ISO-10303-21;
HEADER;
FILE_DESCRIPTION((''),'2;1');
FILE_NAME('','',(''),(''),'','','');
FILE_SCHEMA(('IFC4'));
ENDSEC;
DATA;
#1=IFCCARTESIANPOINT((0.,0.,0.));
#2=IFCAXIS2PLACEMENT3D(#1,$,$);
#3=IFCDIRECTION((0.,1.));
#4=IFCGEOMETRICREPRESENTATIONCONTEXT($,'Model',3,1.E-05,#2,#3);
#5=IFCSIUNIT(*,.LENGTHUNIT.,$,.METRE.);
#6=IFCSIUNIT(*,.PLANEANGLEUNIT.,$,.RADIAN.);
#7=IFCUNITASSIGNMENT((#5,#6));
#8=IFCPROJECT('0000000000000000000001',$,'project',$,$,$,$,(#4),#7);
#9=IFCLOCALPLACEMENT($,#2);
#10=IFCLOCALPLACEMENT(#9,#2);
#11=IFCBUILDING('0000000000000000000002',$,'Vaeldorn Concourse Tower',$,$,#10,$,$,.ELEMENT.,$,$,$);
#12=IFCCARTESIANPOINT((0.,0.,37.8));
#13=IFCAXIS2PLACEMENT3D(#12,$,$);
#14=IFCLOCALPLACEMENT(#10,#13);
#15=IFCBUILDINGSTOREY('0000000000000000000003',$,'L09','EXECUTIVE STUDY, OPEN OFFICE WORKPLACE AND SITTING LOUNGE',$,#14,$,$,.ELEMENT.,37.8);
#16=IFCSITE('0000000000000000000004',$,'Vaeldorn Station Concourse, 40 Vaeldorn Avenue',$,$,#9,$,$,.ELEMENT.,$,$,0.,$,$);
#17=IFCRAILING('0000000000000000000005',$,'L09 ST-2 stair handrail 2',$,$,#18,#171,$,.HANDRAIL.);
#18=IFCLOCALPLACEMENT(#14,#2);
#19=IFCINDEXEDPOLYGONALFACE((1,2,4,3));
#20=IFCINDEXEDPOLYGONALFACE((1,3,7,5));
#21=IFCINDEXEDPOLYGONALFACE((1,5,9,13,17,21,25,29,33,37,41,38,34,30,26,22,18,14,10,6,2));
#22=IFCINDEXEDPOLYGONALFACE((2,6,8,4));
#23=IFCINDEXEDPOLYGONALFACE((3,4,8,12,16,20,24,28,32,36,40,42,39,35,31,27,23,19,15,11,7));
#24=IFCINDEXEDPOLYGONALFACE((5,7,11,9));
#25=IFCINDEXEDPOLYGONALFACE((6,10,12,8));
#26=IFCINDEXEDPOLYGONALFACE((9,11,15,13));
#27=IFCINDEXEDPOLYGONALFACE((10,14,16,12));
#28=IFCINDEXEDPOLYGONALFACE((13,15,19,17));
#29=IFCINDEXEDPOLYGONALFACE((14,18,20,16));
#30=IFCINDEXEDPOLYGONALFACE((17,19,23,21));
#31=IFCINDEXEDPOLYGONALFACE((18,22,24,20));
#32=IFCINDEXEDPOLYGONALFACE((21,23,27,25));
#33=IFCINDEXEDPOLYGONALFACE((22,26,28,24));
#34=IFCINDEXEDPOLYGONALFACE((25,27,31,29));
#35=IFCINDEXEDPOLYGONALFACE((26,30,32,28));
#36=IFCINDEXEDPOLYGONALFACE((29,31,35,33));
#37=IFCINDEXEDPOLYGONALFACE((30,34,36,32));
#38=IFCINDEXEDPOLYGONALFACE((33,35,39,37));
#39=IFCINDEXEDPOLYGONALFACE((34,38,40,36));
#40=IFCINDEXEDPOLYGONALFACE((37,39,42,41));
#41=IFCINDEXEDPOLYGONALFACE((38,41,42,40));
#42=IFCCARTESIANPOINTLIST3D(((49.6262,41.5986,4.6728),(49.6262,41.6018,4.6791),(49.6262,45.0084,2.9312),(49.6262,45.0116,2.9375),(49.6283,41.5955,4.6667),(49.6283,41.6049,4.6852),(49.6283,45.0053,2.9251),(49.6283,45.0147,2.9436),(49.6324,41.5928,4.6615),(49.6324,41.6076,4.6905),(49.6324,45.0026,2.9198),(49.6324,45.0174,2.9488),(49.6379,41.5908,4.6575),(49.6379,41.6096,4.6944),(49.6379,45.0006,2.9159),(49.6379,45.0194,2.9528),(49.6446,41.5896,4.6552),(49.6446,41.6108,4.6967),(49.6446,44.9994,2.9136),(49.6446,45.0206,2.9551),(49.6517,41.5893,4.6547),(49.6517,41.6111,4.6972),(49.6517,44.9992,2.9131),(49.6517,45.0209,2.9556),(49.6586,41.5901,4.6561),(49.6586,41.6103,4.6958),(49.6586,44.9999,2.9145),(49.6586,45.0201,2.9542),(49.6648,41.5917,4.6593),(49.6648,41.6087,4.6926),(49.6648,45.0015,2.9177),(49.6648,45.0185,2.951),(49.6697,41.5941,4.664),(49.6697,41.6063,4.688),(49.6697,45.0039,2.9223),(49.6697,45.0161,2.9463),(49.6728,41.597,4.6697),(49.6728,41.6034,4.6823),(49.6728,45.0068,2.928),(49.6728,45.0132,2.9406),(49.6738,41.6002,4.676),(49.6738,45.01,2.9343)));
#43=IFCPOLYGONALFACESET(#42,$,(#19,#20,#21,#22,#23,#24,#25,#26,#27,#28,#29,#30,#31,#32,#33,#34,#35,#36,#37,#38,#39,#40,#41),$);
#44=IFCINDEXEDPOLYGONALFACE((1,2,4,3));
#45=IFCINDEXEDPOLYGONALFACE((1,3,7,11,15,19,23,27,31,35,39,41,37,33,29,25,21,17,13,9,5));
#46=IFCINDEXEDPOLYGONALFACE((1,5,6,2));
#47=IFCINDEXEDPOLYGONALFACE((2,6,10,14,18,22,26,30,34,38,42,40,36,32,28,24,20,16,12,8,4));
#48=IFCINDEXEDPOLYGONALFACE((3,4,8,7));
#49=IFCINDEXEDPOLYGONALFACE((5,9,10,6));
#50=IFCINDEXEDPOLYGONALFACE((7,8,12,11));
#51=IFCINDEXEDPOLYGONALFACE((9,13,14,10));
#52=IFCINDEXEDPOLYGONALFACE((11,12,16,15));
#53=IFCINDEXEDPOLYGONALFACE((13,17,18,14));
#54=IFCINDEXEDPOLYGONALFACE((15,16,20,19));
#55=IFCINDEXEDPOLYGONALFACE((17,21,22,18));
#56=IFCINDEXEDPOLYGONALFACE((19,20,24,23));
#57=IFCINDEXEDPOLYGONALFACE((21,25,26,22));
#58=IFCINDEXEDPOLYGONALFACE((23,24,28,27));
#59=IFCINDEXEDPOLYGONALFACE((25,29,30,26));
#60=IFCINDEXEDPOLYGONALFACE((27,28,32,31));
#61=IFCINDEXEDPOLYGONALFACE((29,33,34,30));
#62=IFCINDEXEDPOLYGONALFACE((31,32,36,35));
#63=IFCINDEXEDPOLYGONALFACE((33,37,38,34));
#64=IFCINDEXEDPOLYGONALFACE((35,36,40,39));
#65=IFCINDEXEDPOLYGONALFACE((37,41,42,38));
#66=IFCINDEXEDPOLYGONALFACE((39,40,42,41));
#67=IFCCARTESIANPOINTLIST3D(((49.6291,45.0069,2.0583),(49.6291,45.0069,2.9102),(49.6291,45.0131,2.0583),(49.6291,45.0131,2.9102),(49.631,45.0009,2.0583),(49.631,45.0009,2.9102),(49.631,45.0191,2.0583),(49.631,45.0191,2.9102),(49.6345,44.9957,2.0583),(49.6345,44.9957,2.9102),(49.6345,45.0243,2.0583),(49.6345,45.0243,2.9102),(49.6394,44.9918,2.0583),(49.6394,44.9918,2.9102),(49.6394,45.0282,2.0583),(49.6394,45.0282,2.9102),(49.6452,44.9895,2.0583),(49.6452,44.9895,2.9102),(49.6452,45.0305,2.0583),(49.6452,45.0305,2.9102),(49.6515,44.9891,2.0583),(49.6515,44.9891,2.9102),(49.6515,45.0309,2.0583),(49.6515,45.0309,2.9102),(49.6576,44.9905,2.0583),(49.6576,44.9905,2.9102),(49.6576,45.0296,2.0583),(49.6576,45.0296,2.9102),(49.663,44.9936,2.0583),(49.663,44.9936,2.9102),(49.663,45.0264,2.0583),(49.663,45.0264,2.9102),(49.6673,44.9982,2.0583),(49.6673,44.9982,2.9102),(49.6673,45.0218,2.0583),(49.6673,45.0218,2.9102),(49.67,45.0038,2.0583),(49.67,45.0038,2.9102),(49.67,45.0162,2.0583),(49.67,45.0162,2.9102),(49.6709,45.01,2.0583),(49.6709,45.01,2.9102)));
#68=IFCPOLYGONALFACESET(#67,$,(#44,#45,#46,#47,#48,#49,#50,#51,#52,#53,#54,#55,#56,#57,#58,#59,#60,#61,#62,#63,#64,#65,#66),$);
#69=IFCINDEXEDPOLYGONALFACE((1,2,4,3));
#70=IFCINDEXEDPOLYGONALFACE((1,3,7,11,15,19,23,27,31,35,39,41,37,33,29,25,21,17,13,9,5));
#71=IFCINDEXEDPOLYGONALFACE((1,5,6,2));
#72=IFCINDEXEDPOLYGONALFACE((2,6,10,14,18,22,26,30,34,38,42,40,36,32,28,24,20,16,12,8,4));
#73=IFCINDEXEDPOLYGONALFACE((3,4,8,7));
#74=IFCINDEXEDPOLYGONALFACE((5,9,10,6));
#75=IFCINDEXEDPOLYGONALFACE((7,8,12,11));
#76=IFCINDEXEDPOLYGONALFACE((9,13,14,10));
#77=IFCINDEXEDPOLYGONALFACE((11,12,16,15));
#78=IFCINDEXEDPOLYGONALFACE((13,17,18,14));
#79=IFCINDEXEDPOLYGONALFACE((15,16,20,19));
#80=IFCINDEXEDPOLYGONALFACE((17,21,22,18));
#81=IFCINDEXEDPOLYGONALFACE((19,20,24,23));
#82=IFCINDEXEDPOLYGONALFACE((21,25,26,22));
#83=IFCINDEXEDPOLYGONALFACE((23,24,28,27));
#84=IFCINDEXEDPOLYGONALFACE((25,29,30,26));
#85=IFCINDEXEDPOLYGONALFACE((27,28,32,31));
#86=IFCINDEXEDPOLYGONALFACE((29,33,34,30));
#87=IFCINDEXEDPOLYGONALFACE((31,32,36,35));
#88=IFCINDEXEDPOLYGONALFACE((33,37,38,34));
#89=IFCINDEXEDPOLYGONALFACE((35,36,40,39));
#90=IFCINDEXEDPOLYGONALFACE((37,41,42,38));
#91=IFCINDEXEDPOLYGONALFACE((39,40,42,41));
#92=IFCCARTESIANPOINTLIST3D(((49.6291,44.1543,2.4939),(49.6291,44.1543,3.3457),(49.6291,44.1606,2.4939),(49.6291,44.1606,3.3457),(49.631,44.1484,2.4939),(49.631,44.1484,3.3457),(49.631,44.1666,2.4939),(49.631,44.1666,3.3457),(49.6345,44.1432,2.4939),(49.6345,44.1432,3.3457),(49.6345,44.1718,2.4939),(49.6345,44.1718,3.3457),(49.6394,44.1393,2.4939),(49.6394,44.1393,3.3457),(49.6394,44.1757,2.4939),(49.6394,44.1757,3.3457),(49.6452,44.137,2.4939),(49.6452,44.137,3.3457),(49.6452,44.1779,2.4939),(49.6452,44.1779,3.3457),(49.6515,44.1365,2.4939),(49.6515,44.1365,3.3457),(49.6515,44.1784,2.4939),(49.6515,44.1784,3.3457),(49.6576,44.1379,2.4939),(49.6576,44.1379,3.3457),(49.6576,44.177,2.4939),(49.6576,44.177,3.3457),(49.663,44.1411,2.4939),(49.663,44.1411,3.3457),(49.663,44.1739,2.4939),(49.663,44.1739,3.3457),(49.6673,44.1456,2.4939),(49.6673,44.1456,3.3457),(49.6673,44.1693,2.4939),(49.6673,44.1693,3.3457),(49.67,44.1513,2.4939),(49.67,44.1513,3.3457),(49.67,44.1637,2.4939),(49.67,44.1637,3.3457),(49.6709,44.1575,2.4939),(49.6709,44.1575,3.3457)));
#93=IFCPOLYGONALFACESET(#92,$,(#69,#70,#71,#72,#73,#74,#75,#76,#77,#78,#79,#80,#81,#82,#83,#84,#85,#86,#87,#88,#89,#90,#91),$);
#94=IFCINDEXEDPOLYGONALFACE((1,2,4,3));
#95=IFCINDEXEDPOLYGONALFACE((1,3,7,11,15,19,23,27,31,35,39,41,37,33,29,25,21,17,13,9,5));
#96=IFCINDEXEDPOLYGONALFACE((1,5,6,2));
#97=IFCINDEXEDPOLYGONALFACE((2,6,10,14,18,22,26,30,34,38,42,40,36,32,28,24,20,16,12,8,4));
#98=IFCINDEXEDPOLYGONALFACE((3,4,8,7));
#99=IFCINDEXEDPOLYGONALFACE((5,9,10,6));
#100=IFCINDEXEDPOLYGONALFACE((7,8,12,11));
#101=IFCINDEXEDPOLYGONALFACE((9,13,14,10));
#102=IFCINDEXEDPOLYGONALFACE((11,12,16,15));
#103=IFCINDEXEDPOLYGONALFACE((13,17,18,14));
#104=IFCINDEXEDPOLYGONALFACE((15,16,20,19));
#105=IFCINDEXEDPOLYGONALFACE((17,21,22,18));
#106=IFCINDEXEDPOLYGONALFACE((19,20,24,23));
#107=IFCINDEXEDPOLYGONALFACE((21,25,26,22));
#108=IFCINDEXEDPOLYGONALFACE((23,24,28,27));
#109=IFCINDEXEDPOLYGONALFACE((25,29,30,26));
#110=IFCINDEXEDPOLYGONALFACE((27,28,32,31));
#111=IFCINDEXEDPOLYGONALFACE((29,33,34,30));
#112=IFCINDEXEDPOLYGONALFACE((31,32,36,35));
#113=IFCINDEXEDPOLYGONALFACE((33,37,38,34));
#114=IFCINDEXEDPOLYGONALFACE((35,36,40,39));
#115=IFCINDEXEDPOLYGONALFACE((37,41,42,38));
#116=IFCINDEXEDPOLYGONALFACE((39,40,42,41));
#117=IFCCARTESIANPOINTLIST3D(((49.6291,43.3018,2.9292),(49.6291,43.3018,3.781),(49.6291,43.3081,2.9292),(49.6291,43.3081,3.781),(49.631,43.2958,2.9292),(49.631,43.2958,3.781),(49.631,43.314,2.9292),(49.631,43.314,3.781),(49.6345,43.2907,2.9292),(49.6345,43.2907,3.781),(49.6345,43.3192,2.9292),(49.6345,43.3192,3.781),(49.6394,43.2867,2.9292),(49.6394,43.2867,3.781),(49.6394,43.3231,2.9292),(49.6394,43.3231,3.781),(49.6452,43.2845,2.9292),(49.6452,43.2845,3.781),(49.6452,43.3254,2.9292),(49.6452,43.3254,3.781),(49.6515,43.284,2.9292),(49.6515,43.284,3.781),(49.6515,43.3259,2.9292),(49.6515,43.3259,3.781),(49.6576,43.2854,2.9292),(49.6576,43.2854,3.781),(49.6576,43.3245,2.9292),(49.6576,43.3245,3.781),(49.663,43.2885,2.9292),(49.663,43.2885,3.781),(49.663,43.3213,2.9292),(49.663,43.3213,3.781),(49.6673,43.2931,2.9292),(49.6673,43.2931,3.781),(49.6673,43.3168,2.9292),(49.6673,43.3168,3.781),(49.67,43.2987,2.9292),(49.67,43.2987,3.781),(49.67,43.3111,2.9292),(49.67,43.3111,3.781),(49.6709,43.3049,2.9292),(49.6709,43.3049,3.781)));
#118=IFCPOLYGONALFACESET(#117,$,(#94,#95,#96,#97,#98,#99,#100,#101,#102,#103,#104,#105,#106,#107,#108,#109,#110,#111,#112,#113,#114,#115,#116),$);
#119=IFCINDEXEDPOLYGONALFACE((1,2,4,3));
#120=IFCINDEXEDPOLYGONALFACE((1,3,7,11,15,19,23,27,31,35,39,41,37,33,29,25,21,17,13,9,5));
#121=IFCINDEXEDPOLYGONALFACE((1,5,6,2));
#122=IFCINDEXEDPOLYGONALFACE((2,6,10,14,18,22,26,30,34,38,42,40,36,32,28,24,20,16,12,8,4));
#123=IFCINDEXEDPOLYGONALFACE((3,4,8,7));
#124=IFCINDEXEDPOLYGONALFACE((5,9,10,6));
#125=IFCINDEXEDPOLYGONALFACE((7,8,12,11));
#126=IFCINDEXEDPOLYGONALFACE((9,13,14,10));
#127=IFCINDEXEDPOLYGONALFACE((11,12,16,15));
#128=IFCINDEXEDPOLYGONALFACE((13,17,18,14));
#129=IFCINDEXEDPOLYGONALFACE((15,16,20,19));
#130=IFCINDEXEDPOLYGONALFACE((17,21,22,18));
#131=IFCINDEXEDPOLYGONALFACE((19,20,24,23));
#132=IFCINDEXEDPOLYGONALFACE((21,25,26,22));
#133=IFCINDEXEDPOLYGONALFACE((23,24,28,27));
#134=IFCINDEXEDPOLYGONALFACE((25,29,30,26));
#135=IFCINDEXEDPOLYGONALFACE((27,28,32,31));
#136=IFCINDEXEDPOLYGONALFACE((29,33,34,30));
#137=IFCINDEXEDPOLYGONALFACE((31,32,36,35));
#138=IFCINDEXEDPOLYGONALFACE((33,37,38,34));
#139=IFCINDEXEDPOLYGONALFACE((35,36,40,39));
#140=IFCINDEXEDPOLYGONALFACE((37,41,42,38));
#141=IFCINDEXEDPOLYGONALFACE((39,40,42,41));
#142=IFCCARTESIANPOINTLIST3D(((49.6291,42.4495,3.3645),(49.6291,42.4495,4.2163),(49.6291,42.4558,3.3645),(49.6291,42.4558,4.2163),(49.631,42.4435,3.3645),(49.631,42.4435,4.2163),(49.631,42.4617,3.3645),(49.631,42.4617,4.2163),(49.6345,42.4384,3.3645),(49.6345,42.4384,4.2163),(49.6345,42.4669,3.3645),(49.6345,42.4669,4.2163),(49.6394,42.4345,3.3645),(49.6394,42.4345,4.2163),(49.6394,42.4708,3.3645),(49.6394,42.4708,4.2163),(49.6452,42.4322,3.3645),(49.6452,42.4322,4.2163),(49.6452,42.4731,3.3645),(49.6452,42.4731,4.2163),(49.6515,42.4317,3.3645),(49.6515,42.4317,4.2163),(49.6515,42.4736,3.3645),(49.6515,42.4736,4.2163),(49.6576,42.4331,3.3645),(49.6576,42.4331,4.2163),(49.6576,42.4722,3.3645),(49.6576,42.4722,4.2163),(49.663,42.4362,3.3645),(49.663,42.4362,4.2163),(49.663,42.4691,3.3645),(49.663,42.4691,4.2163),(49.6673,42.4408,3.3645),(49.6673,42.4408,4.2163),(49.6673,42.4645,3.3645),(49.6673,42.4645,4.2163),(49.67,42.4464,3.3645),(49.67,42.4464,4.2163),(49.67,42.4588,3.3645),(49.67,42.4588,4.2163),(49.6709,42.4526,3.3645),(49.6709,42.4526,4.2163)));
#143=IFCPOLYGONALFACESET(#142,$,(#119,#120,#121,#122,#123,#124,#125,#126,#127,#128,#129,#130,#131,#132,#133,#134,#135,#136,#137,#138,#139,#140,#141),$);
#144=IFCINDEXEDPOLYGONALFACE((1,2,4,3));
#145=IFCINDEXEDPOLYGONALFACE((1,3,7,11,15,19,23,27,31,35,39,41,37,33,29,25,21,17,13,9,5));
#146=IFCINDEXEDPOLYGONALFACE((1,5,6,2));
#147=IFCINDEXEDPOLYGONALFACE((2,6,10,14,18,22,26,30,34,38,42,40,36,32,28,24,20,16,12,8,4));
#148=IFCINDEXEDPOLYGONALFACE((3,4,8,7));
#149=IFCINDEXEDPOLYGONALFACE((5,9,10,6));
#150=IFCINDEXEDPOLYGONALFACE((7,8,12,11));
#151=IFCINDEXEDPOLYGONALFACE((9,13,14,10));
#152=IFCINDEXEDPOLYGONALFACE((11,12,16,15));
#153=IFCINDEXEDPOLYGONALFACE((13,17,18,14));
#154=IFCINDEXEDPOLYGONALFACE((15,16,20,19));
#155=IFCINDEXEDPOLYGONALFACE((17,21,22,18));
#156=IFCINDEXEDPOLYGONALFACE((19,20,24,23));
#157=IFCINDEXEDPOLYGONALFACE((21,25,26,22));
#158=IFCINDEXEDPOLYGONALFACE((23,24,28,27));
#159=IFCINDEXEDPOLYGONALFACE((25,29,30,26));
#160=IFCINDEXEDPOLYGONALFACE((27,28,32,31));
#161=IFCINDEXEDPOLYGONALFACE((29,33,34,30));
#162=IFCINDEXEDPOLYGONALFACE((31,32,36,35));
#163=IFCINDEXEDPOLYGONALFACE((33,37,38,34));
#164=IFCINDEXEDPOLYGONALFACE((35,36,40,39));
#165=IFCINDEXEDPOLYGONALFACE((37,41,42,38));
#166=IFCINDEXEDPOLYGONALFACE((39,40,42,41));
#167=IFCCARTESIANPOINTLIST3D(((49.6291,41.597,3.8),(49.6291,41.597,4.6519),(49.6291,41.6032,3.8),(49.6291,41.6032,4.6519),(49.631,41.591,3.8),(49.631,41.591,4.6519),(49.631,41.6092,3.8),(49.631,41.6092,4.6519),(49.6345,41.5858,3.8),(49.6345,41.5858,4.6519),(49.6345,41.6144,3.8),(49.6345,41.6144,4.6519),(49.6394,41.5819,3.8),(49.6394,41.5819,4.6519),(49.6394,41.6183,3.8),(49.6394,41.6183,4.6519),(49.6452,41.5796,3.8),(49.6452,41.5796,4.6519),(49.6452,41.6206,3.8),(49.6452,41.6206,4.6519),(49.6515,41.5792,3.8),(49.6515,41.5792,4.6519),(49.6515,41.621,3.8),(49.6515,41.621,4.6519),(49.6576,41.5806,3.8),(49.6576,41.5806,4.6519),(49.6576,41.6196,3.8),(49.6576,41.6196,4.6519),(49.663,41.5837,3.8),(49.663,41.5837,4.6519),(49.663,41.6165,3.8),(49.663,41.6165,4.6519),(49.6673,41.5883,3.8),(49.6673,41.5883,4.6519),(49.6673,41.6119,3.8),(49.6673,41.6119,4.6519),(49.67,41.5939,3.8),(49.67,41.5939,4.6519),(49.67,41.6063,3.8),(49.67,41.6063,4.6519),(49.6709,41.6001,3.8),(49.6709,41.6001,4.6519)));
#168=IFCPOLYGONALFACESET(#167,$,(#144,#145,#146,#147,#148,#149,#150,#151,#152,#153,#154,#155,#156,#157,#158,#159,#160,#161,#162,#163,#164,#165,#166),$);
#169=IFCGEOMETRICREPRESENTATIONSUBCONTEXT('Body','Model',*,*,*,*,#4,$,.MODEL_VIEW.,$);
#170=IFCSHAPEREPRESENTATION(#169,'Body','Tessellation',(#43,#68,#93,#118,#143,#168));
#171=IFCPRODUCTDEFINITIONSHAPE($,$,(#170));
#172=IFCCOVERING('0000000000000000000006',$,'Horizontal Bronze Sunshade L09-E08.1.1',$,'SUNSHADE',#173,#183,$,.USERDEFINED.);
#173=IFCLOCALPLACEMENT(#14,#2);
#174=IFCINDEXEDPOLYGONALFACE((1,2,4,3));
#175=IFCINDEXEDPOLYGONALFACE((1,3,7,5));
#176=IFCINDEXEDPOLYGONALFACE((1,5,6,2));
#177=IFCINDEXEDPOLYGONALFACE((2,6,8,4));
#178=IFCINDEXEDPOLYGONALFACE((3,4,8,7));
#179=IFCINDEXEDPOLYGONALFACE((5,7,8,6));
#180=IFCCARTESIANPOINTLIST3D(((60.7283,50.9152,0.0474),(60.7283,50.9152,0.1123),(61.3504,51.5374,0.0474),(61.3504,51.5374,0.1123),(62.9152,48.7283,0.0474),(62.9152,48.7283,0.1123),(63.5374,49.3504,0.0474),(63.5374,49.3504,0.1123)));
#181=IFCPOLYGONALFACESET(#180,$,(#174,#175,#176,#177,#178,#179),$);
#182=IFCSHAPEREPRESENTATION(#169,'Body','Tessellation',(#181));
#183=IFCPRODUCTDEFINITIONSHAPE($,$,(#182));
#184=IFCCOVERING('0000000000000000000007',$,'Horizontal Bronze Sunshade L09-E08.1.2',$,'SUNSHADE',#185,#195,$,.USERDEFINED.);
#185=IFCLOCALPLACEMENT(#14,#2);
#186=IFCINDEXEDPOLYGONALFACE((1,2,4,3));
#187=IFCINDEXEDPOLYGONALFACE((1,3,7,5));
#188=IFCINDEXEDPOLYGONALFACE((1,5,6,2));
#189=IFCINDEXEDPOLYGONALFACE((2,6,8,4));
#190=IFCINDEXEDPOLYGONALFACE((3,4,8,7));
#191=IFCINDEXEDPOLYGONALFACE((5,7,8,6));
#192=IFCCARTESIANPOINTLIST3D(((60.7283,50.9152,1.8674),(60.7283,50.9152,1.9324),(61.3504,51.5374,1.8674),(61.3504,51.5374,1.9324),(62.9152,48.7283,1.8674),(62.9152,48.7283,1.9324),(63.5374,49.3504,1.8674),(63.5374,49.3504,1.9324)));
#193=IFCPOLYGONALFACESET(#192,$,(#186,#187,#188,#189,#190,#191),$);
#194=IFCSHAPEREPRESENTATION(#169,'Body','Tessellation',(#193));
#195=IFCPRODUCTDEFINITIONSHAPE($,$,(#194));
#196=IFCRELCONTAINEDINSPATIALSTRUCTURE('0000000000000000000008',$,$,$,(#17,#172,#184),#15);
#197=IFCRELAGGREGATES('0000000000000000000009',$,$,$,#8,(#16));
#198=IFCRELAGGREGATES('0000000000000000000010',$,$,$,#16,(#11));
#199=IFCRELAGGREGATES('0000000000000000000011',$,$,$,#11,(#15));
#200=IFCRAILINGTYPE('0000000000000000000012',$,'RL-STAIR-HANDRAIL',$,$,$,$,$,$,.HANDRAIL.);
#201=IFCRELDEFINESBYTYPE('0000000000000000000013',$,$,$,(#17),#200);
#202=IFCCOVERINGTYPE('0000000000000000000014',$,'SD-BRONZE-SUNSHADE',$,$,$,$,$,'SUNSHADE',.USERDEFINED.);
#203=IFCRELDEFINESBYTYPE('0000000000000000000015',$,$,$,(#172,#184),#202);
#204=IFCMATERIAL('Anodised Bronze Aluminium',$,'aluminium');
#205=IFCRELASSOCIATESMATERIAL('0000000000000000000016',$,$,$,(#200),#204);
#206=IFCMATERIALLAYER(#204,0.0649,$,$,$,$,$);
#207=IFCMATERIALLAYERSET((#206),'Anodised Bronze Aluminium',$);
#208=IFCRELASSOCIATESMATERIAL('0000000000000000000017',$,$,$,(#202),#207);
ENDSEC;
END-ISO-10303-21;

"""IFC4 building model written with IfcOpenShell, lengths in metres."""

from ifc_helpers import new_model, si_unit, direction, frame, origin, origin_2d, place, context, subcontext, project, spatial, rectangle, circle, extrude, source, transform, mapped, material, layer, layer_set, type_object, element, save


model = new_model("IFC4")

# Units and contexts
model_context = context("Model", 3, precision=1e-05, world=origin(), true_north=direction((0.0, 1.0)))
body_context = subcontext(model_context, "Body", "Model", "MODEL_VIEW")
ifc_project = project(units=[si_unit("LENGTHUNIT", "METRE"), si_unit("PLANEANGLEUNIT", "RADIAN")], contexts=[model_context])

# Site, building, storey
site_placement = place(None, origin())
site = spatial("IfcSite", under=ifc_project, at=site_placement, Name="Vaeldorn Station Concourse, 40 Vaeldorn Avenue", CompositionType="ELEMENT", RefElevation=0.0)
building_placement = place(site_placement, origin())
building = spatial("IfcBuilding", under=site, at=building_placement, Name="Vaeldorn Concourse Tower", CompositionType="ELEMENT")
storey_placement = place(building_placement, frame((0.0, 0.0, 37.8)))
storey = spatial("IfcBuildingStorey", under=building, at=storey_placement, Name="L09", Description="EXECUTIVE STUDY, OPEN OFFICE WORKPLACE AND SITTING LOUNGE", CompositionType="ELEMENT", Elevation=37.8)

# Shared definitions
ifc_material_1 = material(Name="Anodised Bronze Aluminium", Category="aluminium")

# Railing
railing_type_1 = type_object("IfcRailingType", Name="RL-STAIR-HANDRAIL", PredefinedType="HANDRAIL", material=ifc_material_1)
railing_1_placement = place(storey_placement, frame((49.6499, 45.01, 2.0583)))
element("IfcRailing", 1, at=railing_1_placement, inside=storey, type_object=railing_type_1, Name="L09 ST-2 stair handrail 2", PredefinedType="HANDRAIL", context=body_context, shape_type="SweptSolid", body=[
    extrude(circle(Radius=0.0239, at=origin_2d()), frame((0.0, 0.0, 0.876), z_axis=(0.0, -0.890556, 0.454874), x_axis=(1.0, 0.0, 0.0)), (0.0, 0.0, 1.0), 3.8289),
    extrude(circle(Radius=0.021, at=origin_2d()), origin(), (0.0, 0.0, 1.0), 0.8518),
    extrude(circle(Radius=0.021, at=origin_2d()), frame((0.0, -0.8525, 0.4355)), (0.0, 0.0, 1.0), 0.8518),
    extrude(circle(Radius=0.021, at=origin_2d()), frame((0.0, -1.7051, 0.8708)), (0.0, 0.0, 1.0), 0.8518),
    extrude(circle(Radius=0.021, at=origin_2d()), frame((0.0, -2.5574, 1.3062)), (0.0, 0.0, 1.0), 0.8518),
    extrude(circle(Radius=0.021, at=origin_2d()), frame((0.0, -3.4099, 1.7417)), (0.0, 0.0, 1.0), 0.8518),
])

# Coverings
ifc_layer_1 = layer(ifc_material_1, 0.0649)
ifc_layer_set_1 = layer_set([ifc_layer_1], Name="Anodised Bronze Aluminium")
covering_type = type_object("IfcCoveringType", Name="SD-BRONZE-SUNSHADE", ElementType="SUNSHADE", PredefinedType="USERDEFINED", material=ifc_layer_set_1)
shared_shape_1 = source(origin(), body_context, "Body", "SweptSolid", [
    extrude(rectangle(XDim=3.0928, YDim=0.8799, at=origin_2d()), origin(), (0.0, 0.0, 1.0), 0.0649),
])
for number, where, z_axis, x_axis, name in (
    (2, (62.1328, 50.1328, 0.0474), (0.0, 0.0, 1.0), (-0.707107, 0.707107, 0.0), "Horizontal Bronze Sunshade L09-E08.1.1"),
    (3, (62.1328, 50.1328, 1.8674), (0.0, 0.0, 1.0), (-0.707107, 0.707107, 0.0), "Horizontal Bronze Sunshade L09-E08.1.2"),
):
    element("IfcCovering", number, at=place(storey_placement, frame(where, z_axis=z_axis, x_axis=x_axis)), inside=storey, type_object=covering_type, Name=name, ObjectType="SUNSHADE", PredefinedType="USERDEFINED", context=body_context, shape_type="MappedRepresentation", body=[
        mapped(shared_shape_1, transform((0.0, 0.0, 0.0), scale=1.0)),
    ])

save(model, "model.ifc")
